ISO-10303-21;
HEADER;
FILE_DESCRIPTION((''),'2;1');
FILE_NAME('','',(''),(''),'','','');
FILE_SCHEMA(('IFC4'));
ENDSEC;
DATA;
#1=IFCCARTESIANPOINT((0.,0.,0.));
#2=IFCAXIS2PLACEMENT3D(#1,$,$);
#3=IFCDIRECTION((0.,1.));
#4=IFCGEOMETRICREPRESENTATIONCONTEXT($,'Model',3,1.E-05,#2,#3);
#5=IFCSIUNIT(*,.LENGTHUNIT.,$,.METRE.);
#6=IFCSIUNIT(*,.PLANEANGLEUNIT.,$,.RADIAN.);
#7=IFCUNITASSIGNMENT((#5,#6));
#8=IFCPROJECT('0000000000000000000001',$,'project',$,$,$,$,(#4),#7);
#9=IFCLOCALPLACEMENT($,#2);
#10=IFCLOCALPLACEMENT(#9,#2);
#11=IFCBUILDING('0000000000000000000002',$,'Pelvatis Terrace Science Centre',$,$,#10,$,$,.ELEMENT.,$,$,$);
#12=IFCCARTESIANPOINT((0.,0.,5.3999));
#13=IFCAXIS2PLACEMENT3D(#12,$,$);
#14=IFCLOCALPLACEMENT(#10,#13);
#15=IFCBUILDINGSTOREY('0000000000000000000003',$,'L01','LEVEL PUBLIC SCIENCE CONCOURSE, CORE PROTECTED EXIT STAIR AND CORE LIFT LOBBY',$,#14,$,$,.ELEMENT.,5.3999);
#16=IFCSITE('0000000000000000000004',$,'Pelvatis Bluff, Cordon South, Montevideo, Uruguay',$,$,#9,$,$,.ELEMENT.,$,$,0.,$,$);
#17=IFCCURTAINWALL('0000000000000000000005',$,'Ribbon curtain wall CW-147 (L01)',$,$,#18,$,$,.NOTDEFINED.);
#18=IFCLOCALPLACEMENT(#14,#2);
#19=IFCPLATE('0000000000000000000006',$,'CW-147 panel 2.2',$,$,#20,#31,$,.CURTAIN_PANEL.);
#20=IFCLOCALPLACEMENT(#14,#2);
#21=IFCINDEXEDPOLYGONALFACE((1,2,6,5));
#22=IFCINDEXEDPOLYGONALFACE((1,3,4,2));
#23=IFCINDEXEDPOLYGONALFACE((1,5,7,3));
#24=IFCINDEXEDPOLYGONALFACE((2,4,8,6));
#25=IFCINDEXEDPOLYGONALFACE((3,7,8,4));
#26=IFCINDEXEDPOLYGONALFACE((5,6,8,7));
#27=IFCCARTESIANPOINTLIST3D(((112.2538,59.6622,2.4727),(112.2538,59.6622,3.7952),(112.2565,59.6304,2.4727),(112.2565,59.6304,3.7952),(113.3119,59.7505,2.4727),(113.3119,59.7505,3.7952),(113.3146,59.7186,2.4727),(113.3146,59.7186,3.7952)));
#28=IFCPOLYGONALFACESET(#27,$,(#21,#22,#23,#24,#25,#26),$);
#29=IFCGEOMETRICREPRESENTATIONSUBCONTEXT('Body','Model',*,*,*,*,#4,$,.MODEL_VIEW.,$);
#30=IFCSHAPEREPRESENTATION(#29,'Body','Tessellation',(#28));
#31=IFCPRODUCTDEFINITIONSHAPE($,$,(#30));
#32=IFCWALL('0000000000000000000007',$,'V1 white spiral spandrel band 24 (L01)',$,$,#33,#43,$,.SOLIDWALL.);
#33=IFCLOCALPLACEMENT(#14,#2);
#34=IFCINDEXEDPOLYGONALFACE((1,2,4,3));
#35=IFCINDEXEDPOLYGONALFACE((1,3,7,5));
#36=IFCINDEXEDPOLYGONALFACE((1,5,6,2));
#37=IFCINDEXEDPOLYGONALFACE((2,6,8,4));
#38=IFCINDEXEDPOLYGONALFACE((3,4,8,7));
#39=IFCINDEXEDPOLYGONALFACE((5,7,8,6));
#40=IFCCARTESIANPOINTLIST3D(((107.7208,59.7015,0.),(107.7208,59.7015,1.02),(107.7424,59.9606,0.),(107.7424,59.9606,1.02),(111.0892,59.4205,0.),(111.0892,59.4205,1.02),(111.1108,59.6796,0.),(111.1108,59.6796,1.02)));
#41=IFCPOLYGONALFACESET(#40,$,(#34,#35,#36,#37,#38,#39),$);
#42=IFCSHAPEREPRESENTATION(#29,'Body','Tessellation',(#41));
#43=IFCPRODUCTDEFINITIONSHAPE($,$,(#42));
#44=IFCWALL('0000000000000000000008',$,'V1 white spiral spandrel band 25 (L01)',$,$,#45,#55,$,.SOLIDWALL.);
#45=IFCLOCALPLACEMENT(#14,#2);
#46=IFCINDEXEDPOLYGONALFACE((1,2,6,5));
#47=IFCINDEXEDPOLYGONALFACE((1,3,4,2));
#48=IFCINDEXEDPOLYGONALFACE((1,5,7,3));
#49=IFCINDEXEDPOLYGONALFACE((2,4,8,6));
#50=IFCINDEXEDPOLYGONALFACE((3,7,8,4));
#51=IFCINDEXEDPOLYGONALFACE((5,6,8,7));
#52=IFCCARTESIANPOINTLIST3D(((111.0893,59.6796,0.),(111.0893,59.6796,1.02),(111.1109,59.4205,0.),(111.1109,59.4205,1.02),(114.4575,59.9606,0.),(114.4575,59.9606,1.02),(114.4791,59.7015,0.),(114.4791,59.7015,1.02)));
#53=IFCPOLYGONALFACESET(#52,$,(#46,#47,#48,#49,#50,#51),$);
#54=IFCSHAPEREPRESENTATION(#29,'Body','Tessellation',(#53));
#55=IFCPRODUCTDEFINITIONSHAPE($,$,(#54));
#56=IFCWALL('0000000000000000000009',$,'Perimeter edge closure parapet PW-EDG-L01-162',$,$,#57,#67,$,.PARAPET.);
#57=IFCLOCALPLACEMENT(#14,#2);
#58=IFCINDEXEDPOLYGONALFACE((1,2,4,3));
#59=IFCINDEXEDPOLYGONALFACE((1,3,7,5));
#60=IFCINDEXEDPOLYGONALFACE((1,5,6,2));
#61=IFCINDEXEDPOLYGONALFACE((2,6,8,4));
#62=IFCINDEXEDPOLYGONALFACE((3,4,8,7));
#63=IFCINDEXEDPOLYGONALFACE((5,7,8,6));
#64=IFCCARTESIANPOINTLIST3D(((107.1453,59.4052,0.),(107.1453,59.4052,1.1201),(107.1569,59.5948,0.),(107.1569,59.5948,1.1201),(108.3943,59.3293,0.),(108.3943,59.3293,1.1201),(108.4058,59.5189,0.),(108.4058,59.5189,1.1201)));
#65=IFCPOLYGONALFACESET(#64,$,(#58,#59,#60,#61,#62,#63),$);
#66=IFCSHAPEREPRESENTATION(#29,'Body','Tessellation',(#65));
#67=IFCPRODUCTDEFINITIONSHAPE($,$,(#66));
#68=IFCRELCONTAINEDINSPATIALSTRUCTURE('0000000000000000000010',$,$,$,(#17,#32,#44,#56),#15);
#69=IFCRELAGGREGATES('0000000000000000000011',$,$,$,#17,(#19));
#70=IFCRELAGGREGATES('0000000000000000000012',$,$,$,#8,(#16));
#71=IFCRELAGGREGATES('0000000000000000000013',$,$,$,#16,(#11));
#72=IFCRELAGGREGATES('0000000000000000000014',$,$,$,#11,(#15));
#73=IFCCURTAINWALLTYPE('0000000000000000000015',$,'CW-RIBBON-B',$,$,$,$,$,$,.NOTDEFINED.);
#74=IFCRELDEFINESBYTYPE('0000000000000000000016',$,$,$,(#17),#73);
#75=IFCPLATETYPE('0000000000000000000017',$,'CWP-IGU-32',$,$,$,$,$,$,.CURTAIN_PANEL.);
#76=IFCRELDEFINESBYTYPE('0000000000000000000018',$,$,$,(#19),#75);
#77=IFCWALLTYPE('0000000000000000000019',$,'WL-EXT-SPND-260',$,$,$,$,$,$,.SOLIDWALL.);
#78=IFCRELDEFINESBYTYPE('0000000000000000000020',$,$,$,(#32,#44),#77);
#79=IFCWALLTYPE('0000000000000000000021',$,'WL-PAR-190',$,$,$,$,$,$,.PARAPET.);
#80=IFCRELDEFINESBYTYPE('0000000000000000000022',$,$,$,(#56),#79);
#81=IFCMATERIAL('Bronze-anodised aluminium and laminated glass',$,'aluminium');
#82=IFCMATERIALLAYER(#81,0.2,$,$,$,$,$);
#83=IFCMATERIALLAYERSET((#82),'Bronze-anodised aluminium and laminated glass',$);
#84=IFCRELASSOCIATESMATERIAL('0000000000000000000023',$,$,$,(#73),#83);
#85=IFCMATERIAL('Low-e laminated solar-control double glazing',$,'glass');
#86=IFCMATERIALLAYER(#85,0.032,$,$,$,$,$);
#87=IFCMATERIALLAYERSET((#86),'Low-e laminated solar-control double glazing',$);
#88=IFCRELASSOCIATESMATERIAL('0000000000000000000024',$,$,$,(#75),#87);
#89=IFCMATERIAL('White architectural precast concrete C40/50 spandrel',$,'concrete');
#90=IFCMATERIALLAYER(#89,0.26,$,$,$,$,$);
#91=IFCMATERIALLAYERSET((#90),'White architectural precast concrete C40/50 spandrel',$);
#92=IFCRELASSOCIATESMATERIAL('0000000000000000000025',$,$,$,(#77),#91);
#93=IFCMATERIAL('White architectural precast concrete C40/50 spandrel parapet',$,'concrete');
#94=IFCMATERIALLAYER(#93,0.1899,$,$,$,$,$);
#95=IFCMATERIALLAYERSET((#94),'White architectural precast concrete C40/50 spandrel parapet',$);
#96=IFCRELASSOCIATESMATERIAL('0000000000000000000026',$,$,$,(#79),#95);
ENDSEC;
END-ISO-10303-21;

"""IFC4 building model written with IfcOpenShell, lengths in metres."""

from ifc_helpers import new_model, si_unit, direction, frame, frame_2d, origin, origin_2d, place, context, subcontext, project, spatial, rectangle, extrude, material, layer, layer_set, type_object, element, aggregate, save


model = new_model("IFC4")

# Units and contexts
model_context = context("Model", 3, precision=1e-05, world=origin(), true_north=direction((0.0, 1.0)))
body_context = subcontext(model_context, "Body", "Model", "MODEL_VIEW")
ifc_project = project(units=[si_unit("LENGTHUNIT", "METRE"), si_unit("PLANEANGLEUNIT", "RADIAN")], contexts=[model_context])

# Site, building, storey
site_placement = place(None, origin())
site = spatial("IfcSite", under=ifc_project, at=site_placement, Name="Pelvatis Bluff, Cordon South, Montevideo, Uruguay", CompositionType="ELEMENT", RefElevation=0.0)
building_placement = place(site_placement, origin())
building = spatial("IfcBuilding", under=site, at=building_placement, Name="Pelvatis Terrace Science Centre", CompositionType="ELEMENT")
storey_placement = place(building_placement, frame((0.0, 0.0, 5.3999)))
storey = spatial("IfcBuildingStorey", under=building, at=storey_placement, Name="L01", Description="LEVEL PUBLIC SCIENCE CONCOURSE, CORE PROTECTED EXIT STAIR AND CORE LIFT LOBBY", CompositionType="ELEMENT", Elevation=5.3999)

# Curtain wall
ifc_material_1 = material(Name="Bronze-anodised aluminium and laminated glass", Category="aluminium")
ifc_layer_1 = layer(ifc_material_1, 0.2)
ifc_layer_set_1 = layer_set([ifc_layer_1], Name="Bronze-anodised aluminium and laminated glass")
curtain_wall_type = type_object("IfcCurtainWallType", Name="CW-RIBBON-B", PredefinedType="NOTDEFINED", material=ifc_layer_set_1)
curtain_wall_1_placement = place(storey_placement, origin())
curtain_wall_1 = element("IfcCurtainWall", 1, at=curtain_wall_1_placement, inside=storey, type_object=curtain_wall_type, Name="Ribbon curtain wall CW-147 (L01)", PredefinedType="NOTDEFINED")

# Plate
ifc_material_2 = material(Name="Low-e laminated solar-control double glazing", Category="glass")
ifc_layer_2 = layer(ifc_material_2, 0.032)
ifc_layer_set_2 = layer_set([ifc_layer_2], Name="Low-e laminated solar-control double glazing")
plate_type = type_object("IfcPlateType", Name="CWP-IGU-32", PredefinedType="CURTAIN_PANEL", material=ifc_layer_set_2)
plate_1_placement = place(storey_placement, frame((112.7842, 59.6904, 2.4727), z_axis=(0.0, 0.0, 1.0), x_axis=(0.996538, 0.083136, 0.0)))
plate_1 = element("IfcPlate", 2, at=plate_1_placement, type_object=plate_type, Name="CW-147 panel 2.2", PredefinedType="CURTAIN_PANEL", context=body_context, shape_type="SweptSolid", body=[
    extrude(rectangle(XDim=1.0618, YDim=0.032, at=origin_2d()), origin(), (0.0, 0.0, 1.0), 1.3225),
])
aggregate(curtain_wall_1, [plate_1])

# Walls
ifc_material_3 = material(Name="White architectural precast concrete C40/50 spandrel", Category="concrete")
ifc_layer_3 = layer(ifc_material_3, 0.26)
ifc_layer_set_3 = layer_set([ifc_layer_3], Name="White architectural precast concrete C40/50 spandrel")
wall_type_1 = type_object("IfcWallType", Name="WL-EXT-SPND-260", PredefinedType="SOLIDWALL", material=ifc_layer_set_3)
wall_1_placement = place(storey_placement, frame((107.7317, 59.8311, 0.0), z_axis=(0.0, 0.0, 1.0), x_axis=(0.996538, -0.083135, 0.0)))
element("IfcWall", 3, at=wall_1_placement, inside=storey, type_object=wall_type_1, Name="V1 white spiral spandrel band 24 (L01)", PredefinedType="SOLIDWALL", context=body_context, shape_type="SweptSolid", body=[
    extrude(rectangle(XDim=3.3801, YDim=0.26, at=frame_2d((1.6899, 0.0))), origin(), (0.0, 0.0, 1.0), 1.02),
])
wall_2_placement = place(storey_placement, frame((111.1001, 59.55, 0.0), z_axis=(0.0, 0.0, 1.0), x_axis=(0.996538, 0.083141, 0.0)))
element("IfcWall", 4, at=wall_2_placement, inside=storey, type_object=wall_type_1, Name="V1 white spiral spandrel band 25 (L01)", PredefinedType="SOLIDWALL", context=body_context, shape_type="SweptSolid", body=[
    extrude(rectangle(XDim=3.3799, YDim=0.26, at=frame_2d((1.6899, 0.0))), origin(), (0.0, 0.0, 1.0), 1.02),
])
ifc_material_4 = material(Name="White architectural precast concrete C40/50 spandrel parapet", Category="concrete")
ifc_layer_4 = layer(ifc_material_4, 0.1899)
ifc_layer_set_4 = layer_set([ifc_layer_4], Name="White architectural precast concrete C40/50 spandrel parapet")
wall_type_2 = type_object("IfcWallType", Name="WL-PAR-190", PredefinedType="PARAPET", material=ifc_layer_set_4)
wall_3_placement = place(storey_placement, frame((108.3999, 59.4241, 0.0), z_axis=(0.0, 0.0, 1.0), x_axis=(-0.998157, 0.060678, 0.0)))
element("IfcWall", 5, at=wall_3_placement, inside=storey, type_object=wall_type_2, Name="Perimeter edge closure parapet PW-EDG-L01-162", PredefinedType="PARAPET", context=body_context, shape_type="SweptSolid", body=[
    extrude(rectangle(XDim=1.2512, YDim=0.1899, at=frame_2d((0.6255, 0.0))), origin(), (0.0, 0.0, 1.0), 1.1201),
])

save(model, "model.ifc")
